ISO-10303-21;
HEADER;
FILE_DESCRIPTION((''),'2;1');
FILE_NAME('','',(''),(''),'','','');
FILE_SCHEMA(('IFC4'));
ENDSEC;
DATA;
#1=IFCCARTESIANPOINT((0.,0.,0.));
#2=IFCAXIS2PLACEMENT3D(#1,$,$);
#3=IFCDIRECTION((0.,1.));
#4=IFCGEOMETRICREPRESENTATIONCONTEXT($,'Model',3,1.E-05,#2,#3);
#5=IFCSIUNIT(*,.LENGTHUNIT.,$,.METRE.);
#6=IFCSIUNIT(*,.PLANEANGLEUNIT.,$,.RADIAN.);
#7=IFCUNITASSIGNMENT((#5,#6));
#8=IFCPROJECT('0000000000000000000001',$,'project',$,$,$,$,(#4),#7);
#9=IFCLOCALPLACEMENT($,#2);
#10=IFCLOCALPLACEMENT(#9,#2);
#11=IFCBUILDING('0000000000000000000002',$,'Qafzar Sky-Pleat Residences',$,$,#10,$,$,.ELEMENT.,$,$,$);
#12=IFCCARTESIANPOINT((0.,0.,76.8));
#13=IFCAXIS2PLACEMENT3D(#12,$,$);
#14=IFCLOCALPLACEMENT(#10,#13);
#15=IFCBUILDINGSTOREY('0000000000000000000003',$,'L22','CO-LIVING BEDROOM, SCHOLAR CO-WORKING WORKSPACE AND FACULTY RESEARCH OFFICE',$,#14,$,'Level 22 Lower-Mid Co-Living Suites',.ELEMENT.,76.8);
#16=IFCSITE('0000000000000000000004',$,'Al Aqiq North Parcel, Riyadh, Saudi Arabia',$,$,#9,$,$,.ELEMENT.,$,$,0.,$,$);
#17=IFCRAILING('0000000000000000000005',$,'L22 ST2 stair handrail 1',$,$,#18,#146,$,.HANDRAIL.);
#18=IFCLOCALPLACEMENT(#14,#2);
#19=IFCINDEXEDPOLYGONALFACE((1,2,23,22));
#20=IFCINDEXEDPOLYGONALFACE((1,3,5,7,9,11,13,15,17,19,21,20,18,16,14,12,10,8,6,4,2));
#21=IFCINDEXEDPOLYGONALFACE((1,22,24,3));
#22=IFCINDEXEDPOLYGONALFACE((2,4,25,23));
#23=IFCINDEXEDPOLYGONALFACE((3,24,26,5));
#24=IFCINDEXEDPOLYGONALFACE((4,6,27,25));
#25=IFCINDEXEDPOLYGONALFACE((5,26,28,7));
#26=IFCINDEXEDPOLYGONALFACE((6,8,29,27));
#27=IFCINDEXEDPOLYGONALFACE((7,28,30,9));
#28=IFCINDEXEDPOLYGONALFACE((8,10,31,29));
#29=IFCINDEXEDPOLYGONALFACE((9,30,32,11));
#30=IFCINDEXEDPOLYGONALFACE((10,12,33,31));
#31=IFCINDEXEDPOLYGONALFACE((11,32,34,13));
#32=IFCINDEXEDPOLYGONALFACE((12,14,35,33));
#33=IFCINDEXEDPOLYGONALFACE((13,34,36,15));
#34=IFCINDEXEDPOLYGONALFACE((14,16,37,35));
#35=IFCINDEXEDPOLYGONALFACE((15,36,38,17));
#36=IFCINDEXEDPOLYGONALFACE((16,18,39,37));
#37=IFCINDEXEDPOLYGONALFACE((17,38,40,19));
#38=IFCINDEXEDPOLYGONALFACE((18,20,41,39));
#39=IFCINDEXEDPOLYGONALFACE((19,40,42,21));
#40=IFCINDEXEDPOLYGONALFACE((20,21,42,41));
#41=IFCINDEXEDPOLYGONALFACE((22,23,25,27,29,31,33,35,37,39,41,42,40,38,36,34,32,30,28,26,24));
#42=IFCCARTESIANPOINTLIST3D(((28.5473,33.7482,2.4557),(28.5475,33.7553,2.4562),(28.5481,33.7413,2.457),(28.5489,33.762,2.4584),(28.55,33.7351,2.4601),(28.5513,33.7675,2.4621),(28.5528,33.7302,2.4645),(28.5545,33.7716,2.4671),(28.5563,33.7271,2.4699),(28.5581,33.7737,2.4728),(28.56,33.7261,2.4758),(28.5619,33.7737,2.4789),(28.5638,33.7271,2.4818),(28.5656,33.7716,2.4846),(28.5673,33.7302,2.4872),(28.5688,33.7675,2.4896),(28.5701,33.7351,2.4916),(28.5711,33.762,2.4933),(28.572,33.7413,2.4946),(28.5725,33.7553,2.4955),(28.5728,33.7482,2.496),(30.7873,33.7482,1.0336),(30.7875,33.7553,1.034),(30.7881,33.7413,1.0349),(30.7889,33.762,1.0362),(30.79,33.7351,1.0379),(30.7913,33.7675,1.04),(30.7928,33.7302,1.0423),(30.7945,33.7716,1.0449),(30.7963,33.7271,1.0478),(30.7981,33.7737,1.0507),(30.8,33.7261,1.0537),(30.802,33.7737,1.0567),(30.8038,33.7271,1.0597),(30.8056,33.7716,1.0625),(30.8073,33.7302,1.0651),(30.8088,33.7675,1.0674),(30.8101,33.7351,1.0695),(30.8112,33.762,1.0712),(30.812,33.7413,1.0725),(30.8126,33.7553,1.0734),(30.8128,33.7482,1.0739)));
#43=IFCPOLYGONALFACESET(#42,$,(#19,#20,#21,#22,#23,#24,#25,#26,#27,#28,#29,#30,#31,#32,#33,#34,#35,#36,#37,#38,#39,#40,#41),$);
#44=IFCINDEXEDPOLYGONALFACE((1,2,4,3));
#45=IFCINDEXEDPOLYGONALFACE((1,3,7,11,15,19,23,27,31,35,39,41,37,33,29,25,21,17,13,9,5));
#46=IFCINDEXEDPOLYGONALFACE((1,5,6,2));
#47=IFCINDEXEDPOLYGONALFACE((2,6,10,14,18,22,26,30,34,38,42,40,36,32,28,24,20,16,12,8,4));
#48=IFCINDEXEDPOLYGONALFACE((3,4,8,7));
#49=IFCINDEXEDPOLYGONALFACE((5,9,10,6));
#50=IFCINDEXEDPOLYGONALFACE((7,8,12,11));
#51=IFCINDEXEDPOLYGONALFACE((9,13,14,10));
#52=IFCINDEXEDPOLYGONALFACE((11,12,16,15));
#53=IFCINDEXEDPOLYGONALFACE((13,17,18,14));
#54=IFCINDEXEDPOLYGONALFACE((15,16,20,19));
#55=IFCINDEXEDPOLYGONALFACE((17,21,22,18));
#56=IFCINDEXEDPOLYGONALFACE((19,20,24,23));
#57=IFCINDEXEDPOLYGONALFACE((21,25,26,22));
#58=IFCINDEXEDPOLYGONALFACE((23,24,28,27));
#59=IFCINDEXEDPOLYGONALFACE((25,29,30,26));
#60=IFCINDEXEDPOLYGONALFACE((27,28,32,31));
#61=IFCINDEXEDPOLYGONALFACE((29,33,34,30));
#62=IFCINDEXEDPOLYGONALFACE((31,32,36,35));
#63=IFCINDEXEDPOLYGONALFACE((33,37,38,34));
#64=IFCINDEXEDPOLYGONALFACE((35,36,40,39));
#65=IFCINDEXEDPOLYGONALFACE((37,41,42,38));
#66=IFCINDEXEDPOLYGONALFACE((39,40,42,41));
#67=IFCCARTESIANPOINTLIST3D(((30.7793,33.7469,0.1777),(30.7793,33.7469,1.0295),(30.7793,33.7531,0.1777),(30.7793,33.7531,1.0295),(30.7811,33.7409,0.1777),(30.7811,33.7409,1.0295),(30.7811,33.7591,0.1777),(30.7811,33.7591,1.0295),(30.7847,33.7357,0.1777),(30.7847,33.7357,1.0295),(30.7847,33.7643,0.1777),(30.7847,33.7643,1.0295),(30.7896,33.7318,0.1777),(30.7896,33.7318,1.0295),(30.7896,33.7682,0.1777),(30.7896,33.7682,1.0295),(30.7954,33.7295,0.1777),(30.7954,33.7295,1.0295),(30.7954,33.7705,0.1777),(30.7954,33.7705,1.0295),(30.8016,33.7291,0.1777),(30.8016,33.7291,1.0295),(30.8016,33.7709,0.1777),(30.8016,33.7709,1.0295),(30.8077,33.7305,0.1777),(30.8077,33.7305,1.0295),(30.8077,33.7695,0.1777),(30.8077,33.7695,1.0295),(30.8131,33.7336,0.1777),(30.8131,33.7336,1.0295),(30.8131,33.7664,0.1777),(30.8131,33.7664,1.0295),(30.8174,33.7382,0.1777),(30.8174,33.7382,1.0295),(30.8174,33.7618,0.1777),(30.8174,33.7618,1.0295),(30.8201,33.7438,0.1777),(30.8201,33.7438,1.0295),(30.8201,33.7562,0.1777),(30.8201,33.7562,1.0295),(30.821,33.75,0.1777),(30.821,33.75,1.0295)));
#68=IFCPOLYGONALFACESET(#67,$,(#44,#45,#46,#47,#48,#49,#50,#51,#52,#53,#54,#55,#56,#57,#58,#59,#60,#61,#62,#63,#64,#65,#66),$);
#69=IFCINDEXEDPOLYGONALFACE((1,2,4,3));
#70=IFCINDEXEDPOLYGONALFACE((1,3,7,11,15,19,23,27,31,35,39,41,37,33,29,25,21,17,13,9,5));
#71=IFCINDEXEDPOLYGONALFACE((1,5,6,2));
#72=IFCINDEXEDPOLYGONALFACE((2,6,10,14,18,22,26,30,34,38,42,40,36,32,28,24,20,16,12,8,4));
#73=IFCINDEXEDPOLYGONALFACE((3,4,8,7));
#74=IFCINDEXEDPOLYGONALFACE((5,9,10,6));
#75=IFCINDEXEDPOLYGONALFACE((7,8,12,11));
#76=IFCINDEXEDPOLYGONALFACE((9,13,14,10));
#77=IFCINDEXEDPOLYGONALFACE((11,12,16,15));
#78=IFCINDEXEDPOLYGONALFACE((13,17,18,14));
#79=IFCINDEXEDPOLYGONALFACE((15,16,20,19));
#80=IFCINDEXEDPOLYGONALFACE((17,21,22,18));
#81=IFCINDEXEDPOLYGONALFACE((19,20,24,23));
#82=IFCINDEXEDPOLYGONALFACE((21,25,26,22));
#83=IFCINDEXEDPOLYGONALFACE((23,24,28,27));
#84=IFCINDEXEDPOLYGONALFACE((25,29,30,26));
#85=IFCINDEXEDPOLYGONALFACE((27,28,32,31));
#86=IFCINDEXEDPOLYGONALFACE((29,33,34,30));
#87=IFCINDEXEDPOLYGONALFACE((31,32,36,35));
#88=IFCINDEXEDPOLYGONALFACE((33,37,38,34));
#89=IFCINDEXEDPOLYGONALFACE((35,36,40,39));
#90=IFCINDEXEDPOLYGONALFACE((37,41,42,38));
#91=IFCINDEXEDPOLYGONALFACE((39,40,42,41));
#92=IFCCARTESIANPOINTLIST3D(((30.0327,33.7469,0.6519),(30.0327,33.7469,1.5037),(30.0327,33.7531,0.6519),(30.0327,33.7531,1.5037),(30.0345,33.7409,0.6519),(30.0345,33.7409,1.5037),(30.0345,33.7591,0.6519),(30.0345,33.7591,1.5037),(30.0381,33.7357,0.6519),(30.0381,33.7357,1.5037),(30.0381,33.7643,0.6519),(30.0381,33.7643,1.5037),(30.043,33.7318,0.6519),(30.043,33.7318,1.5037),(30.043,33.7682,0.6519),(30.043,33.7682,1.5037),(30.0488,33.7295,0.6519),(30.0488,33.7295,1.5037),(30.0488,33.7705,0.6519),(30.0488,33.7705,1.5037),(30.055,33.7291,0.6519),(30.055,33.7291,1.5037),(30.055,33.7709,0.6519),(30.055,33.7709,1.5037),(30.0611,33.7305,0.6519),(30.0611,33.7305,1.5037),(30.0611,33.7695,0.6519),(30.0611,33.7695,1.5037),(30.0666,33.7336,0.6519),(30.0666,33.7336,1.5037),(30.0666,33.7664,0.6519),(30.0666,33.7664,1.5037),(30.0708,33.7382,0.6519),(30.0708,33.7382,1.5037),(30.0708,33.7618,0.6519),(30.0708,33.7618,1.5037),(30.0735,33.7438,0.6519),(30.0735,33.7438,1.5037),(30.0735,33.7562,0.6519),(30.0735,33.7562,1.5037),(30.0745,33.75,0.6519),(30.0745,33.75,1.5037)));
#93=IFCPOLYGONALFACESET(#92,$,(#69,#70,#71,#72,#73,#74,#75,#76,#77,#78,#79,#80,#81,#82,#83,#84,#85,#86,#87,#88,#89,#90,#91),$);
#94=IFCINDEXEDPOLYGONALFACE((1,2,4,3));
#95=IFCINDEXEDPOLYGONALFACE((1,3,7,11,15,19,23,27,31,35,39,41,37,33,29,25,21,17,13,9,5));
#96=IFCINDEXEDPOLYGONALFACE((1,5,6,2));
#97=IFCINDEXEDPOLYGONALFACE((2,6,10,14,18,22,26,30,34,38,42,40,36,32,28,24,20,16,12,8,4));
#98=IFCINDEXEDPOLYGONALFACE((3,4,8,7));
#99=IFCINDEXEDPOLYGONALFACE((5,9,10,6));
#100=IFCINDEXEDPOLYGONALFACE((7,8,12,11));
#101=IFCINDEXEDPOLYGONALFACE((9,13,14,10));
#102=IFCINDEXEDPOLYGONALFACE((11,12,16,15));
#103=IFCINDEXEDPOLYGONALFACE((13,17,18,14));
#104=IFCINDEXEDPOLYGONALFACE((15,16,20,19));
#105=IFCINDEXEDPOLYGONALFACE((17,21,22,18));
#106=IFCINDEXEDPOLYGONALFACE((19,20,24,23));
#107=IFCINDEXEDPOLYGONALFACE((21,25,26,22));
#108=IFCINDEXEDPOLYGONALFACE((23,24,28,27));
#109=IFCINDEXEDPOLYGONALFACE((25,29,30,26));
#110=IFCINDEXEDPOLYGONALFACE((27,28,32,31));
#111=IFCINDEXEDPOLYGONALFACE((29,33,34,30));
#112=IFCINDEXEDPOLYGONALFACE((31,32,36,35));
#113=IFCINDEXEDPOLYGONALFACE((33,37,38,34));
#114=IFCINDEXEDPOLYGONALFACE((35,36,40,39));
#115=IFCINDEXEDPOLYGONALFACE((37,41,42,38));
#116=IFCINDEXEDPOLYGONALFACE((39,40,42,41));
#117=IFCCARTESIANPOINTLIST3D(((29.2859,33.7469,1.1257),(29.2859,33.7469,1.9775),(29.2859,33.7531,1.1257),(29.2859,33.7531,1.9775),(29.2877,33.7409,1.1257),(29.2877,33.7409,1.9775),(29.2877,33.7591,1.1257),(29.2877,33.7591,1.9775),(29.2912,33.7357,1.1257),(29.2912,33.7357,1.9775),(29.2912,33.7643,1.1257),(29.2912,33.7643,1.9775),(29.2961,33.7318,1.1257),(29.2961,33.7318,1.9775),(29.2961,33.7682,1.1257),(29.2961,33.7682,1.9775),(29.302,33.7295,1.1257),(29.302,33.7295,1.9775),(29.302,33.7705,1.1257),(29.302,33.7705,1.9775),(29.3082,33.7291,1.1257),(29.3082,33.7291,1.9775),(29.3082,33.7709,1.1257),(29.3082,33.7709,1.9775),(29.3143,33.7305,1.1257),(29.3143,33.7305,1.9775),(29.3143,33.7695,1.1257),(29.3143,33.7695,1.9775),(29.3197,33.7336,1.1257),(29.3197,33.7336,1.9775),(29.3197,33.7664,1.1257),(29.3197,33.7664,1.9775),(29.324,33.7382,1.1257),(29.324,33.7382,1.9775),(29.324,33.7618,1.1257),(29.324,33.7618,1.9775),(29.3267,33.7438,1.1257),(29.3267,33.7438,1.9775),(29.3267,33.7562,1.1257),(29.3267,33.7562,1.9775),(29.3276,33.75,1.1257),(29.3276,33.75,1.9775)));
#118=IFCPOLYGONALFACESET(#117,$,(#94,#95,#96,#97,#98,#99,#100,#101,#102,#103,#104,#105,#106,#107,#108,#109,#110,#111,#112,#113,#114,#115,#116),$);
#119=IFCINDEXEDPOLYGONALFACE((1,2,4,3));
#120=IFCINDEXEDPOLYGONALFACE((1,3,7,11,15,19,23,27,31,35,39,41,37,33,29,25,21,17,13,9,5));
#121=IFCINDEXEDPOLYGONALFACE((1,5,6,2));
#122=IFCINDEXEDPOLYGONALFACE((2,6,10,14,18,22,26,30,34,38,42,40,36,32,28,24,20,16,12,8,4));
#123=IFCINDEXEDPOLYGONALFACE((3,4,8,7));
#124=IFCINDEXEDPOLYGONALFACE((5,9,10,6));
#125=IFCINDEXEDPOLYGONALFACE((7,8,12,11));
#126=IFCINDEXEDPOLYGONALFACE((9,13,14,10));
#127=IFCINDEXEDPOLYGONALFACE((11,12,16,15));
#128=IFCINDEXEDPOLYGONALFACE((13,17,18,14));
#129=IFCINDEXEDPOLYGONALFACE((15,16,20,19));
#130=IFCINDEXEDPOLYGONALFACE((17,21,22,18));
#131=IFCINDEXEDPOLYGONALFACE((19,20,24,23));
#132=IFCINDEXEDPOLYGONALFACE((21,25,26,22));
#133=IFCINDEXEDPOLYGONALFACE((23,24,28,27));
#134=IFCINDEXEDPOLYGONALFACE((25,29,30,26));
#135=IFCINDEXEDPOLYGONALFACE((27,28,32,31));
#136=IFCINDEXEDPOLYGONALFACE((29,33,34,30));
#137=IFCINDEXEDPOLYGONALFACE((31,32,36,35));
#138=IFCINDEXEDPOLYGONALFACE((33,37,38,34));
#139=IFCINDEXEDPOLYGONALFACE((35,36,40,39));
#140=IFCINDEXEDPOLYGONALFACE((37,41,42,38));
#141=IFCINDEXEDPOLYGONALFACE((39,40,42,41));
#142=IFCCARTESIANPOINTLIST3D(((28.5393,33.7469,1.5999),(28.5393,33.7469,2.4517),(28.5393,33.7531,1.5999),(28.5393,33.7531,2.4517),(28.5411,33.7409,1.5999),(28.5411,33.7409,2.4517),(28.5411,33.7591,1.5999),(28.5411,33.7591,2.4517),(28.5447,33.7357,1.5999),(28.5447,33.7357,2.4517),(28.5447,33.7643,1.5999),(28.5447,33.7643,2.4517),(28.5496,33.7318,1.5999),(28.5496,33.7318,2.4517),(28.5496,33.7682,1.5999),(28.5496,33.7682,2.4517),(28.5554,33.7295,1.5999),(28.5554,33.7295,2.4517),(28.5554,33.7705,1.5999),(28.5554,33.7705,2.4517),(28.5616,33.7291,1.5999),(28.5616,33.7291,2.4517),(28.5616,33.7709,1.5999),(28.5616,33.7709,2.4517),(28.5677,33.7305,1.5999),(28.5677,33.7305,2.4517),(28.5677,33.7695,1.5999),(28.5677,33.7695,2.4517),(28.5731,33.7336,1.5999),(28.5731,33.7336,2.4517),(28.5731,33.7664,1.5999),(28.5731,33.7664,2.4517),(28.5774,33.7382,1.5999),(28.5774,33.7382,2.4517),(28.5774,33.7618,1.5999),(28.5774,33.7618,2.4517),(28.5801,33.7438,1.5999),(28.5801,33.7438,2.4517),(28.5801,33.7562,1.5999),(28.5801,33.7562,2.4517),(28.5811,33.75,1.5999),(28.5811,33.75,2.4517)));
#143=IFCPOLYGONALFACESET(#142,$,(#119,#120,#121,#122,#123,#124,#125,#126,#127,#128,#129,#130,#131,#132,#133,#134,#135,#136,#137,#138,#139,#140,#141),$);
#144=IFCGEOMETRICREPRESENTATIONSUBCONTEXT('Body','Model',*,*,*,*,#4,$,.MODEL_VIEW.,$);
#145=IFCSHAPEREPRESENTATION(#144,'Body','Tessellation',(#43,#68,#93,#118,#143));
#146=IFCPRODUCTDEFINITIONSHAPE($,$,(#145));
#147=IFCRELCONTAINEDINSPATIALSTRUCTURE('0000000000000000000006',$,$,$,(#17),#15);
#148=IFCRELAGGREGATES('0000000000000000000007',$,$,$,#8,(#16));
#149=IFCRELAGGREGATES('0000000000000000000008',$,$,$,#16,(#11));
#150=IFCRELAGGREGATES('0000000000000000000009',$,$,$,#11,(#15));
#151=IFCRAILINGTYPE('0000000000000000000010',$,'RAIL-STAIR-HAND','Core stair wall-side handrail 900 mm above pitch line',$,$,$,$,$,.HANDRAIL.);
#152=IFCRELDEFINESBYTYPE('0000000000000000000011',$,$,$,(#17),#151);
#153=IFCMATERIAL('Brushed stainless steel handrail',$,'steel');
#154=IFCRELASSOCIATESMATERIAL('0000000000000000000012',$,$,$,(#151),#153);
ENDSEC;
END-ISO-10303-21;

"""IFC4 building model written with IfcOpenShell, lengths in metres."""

from ifc_helpers import new_model, si_unit, direction, frame, origin, origin_2d, place, context, subcontext, project, spatial, circle, extrude, source, transform, mapped, material, type_object, element, save


model = new_model("IFC4")

# Units and contexts
model_context = context("Model", 3, precision=1e-05, world=origin(), true_north=direction((0.0, 1.0)))
body_context = subcontext(model_context, "Body", "Model", "MODEL_VIEW")
ifc_project = project(units=[si_unit("LENGTHUNIT", "METRE"), si_unit("PLANEANGLEUNIT", "RADIAN")], contexts=[model_context])

# Site, building, storey
site_placement = place(None, origin())
site = spatial("IfcSite", under=ifc_project, at=site_placement, Name="Al Aqiq North Parcel, Riyadh, Saudi Arabia", CompositionType="ELEMENT", RefElevation=0.0)
building_placement = place(site_placement, origin())
building = spatial("IfcBuilding", under=site, at=building_placement, Name="Qafzar Sky-Pleat Residences", CompositionType="ELEMENT")
storey_placement = place(building_placement, frame((0.0, 0.0, 76.8)))
storey = spatial("IfcBuildingStorey", under=building, at=storey_placement, Name="L22", Description="CO-LIVING BEDROOM, SCHOLAR CO-WORKING WORKSPACE AND FACULTY RESEARCH OFFICE", LongName="Level 22 Lower-Mid Co-Living Suites", CompositionType="ELEMENT", Elevation=76.8)

# Railing
ifc_material_1 = material(Name="Brushed stainless steel handrail", Category="steel")
railing_type_1 = type_object("IfcRailingType", Name="RAIL-STAIR-HAND", Description="Core stair wall-side handrail 900 mm above pitch line", PredefinedType="HANDRAIL", material=ifc_material_1)
shared_shape_1 = source(origin(), body_context, "Body", "SweptSolid", [
    extrude(circle(Radius=0.0239, at=origin_2d()), frame((0.0, 0.0, 0.876), z_axis=(-0.844229, 0.0, 0.535982), x_axis=(0.0, -1.0, 0.0)), (0.0, 0.0, 1.0), 2.6533),
    extrude(circle(Radius=0.021, at=origin_2d()), origin(), (0.0, 0.0, 1.0), 0.8518),
    extrude(circle(Radius=0.021, at=origin_2d()), frame((-0.7466, 0.0, 0.4741)), (0.0, 0.0, 1.0), 0.8518),
    extrude(circle(Radius=0.021, at=origin_2d()), frame((-1.4934, 0.0, 0.948)), (0.0, 0.0, 1.0), 0.8518),
    extrude(circle(Radius=0.021, at=origin_2d()), frame((-2.24, 0.0, 1.4221)), (0.0, 0.0, 1.0), 0.8518),
])
railing_1_placement = place(storey_placement, frame((30.8, 33.75, 0.1777)))
element("IfcRailing", 1, at=railing_1_placement, inside=storey, type_object=railing_type_1, Name="L22 ST2 stair handrail 1", PredefinedType="HANDRAIL", context=body_context, shape_type="MappedRepresentation", body=[
    mapped(shared_shape_1, transform((0.0, 0.0, 0.0), x_axis=(1.0, 0.0, 0.0), y_axis=(0.0, 1.0, 0.0), z_axis=(0.0, 0.0, 1.0), scale=1.0)),
])

save(model, "model.ifc")
